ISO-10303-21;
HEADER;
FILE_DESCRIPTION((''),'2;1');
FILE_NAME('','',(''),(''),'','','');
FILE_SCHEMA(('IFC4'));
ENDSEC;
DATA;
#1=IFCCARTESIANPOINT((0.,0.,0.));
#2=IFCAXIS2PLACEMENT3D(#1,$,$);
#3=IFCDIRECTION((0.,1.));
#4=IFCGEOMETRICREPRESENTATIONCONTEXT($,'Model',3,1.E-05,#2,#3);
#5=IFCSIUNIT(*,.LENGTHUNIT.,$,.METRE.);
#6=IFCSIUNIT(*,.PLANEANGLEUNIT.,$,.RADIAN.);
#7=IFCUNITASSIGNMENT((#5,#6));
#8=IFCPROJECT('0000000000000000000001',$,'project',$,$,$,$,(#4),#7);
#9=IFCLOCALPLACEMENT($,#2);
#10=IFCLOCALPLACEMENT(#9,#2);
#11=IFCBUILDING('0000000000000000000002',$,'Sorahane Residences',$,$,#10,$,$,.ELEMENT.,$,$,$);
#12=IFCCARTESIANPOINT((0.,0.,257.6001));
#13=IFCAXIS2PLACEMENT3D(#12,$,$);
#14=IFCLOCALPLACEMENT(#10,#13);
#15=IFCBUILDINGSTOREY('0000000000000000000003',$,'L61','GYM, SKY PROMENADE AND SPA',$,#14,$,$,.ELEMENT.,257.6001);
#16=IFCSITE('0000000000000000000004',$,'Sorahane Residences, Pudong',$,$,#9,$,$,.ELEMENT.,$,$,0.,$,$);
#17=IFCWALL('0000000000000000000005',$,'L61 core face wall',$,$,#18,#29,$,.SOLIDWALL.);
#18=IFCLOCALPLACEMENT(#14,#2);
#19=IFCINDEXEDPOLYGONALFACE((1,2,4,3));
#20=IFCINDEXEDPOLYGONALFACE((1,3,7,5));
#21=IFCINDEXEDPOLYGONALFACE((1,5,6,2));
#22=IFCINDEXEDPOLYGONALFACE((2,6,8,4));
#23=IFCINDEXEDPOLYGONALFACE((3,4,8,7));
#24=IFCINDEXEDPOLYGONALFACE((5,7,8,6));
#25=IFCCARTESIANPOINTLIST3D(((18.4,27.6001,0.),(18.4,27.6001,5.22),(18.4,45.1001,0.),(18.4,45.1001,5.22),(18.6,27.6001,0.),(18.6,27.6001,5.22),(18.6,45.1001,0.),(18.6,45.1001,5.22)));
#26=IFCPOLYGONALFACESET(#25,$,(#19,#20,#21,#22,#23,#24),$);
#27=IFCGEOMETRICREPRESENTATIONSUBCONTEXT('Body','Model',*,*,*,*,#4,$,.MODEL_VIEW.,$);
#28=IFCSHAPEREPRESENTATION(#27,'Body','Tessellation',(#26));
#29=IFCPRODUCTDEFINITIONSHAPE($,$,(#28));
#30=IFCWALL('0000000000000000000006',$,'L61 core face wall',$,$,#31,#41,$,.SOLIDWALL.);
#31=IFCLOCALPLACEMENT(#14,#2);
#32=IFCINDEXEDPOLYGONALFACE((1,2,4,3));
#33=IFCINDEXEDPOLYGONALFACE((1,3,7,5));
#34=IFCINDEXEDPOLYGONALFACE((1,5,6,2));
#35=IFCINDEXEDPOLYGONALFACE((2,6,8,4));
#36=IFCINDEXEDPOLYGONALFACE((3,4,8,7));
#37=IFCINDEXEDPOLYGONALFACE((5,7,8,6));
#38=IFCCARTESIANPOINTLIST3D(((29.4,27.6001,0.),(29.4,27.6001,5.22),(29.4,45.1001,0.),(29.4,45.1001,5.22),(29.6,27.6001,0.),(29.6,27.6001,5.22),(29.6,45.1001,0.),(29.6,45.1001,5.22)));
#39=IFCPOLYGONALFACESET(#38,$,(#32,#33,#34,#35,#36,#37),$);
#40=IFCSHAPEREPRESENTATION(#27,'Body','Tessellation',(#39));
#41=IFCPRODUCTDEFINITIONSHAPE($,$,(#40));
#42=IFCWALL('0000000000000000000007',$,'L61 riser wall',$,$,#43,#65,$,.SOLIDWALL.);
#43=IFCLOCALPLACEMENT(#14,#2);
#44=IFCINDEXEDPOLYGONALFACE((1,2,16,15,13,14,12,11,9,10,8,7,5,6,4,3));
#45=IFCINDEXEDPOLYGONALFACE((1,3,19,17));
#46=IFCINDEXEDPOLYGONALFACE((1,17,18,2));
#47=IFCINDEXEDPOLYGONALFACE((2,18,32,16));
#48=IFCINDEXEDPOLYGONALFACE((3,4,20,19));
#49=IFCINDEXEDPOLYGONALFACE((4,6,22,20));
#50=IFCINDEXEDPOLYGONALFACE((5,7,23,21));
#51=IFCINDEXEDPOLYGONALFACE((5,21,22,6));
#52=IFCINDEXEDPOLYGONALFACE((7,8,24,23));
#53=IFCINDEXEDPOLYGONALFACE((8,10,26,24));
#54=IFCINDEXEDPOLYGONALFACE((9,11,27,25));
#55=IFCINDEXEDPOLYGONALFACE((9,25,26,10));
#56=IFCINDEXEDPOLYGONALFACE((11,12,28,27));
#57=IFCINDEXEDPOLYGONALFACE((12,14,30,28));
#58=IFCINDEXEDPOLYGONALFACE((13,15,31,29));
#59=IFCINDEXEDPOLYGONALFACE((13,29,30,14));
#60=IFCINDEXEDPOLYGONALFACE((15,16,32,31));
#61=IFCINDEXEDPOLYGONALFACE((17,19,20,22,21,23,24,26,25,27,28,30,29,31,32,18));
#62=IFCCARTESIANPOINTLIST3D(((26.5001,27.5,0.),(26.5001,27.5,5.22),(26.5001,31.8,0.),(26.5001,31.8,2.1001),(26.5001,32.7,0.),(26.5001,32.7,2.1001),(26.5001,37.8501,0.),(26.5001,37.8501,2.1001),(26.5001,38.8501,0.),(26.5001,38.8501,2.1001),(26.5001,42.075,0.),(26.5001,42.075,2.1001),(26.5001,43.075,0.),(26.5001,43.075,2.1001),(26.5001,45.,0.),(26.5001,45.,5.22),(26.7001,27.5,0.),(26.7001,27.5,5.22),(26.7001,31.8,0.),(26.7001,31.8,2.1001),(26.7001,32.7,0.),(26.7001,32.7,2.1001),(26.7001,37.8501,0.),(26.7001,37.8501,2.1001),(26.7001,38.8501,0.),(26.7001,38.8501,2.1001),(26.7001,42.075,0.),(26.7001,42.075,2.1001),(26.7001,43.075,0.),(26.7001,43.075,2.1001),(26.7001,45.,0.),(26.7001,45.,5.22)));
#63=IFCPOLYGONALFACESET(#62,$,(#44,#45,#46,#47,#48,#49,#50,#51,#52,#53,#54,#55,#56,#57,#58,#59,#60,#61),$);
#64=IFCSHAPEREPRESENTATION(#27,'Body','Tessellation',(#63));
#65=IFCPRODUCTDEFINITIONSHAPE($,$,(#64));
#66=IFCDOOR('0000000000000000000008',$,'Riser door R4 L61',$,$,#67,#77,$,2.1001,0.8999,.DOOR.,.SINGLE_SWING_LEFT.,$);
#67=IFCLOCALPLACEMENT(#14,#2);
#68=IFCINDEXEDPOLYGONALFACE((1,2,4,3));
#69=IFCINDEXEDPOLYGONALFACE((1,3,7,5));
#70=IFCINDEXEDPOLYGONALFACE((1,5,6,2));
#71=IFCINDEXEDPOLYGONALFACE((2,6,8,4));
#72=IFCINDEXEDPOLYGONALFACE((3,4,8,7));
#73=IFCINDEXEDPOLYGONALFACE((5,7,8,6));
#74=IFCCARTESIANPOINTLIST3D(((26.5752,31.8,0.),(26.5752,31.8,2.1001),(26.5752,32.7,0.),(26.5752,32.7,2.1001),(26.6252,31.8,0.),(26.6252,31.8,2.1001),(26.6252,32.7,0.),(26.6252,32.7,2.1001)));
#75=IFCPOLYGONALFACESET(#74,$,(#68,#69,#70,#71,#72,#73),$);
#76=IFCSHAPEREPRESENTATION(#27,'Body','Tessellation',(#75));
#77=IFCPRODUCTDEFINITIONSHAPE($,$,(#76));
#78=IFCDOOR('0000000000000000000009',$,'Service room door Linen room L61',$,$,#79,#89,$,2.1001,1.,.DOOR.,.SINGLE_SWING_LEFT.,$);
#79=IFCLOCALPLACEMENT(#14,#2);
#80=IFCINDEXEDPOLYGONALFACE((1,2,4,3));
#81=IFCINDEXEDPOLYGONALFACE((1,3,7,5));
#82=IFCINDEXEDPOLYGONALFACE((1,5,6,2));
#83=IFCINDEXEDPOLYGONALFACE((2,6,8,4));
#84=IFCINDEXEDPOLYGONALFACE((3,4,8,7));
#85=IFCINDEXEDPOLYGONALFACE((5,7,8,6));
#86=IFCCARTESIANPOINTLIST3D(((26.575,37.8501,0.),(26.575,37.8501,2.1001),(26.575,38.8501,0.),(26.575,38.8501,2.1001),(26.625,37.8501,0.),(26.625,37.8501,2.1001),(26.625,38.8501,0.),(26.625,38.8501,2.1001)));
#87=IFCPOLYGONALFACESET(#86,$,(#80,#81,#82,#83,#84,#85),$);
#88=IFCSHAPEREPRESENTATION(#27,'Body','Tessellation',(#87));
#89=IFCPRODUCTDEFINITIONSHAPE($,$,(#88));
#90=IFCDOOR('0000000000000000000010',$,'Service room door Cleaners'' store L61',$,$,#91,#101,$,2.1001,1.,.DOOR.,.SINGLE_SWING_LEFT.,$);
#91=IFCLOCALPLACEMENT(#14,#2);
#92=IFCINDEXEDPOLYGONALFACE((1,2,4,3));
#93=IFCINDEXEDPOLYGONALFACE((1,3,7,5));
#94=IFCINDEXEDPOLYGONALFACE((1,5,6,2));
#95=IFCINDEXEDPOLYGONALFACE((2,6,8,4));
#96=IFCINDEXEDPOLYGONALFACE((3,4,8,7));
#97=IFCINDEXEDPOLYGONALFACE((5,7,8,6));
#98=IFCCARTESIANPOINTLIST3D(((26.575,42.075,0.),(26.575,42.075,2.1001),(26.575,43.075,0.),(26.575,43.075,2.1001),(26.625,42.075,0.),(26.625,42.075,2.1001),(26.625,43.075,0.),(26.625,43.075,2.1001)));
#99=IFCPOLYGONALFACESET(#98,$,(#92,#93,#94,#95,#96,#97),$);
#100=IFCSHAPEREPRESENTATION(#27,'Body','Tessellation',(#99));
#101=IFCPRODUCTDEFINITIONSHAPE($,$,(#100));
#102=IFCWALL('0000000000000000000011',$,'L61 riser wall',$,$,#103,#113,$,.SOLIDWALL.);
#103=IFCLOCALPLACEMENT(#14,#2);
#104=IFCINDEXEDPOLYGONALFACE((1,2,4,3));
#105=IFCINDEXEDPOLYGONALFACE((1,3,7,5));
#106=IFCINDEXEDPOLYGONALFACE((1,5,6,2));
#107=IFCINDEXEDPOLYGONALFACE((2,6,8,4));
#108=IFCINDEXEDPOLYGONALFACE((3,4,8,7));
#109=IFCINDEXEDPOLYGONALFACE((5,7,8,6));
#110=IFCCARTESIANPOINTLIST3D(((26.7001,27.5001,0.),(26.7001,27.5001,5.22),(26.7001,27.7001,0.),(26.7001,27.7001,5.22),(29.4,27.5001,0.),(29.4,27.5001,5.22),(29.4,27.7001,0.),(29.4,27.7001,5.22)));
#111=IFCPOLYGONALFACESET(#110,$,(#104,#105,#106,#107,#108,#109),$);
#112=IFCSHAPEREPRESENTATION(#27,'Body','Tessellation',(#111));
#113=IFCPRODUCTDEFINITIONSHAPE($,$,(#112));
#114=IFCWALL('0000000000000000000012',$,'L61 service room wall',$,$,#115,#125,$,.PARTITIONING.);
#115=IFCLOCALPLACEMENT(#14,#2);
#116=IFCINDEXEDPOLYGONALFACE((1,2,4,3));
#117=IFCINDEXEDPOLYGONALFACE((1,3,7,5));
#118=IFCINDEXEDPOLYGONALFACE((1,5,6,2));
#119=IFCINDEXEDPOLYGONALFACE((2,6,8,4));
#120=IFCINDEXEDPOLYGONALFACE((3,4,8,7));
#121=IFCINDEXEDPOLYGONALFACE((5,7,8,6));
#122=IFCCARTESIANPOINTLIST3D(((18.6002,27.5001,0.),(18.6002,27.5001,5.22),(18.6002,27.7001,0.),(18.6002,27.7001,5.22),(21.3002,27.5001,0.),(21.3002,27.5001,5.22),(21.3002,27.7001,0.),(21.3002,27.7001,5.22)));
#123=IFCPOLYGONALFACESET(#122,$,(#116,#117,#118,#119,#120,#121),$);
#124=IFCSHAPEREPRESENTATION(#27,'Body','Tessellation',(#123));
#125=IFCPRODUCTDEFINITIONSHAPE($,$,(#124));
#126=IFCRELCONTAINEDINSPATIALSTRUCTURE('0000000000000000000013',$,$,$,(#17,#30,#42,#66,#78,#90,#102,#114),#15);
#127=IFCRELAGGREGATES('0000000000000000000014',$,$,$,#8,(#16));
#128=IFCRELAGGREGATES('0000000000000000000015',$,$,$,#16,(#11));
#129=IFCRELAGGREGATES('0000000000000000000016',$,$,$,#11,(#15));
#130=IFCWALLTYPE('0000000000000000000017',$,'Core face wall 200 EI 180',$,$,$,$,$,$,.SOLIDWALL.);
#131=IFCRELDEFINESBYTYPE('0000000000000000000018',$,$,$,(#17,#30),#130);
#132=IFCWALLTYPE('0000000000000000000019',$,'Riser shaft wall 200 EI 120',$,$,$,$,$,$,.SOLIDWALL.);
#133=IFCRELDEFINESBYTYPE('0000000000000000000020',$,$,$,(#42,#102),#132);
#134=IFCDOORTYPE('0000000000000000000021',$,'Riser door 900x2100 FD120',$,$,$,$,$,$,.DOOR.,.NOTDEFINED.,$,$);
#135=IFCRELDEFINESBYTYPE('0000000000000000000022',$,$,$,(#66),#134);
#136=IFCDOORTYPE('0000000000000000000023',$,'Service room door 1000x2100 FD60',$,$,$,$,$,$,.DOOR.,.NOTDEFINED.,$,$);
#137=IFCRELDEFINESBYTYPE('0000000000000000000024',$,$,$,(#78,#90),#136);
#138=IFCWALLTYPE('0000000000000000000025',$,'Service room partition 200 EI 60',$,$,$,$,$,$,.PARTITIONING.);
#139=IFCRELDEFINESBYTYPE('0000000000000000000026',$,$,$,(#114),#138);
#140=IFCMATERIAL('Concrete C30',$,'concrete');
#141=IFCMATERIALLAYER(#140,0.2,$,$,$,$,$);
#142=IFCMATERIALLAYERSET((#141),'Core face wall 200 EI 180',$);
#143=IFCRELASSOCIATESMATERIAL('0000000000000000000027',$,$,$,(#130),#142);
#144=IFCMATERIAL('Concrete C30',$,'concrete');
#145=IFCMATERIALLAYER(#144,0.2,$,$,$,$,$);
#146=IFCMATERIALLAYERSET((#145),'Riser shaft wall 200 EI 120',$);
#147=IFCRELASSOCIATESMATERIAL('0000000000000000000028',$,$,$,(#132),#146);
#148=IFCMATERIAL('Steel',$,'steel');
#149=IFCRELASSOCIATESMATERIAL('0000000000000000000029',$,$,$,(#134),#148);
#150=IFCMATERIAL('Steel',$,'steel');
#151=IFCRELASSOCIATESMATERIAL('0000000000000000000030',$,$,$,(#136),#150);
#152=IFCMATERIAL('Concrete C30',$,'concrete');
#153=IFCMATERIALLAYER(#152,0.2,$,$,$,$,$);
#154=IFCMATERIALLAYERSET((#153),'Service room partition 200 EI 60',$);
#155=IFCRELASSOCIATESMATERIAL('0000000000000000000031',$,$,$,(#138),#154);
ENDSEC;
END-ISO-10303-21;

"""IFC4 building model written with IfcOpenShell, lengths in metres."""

from ifc_helpers import new_model, si_unit, direction, frame, frame_2d, origin, place, context, subcontext, project, spatial, rectangle, extrude, material, layer, layer_set, type_object, element, fill, save


model = new_model("IFC4")

# Units and contexts
model_context = context("Model", 3, precision=1e-05, world=origin(), true_north=direction((0.0, 1.0)))
body_context = subcontext(model_context, "Body", "Model", "MODEL_VIEW")
ifc_project = project(units=[si_unit("LENGTHUNIT", "METRE"), si_unit("PLANEANGLEUNIT", "RADIAN")], contexts=[model_context])

# Site, building, storey
site_placement = place(None, origin())
site = spatial("IfcSite", under=ifc_project, at=site_placement, Name="Sorahane Residences, Pudong", CompositionType="ELEMENT", RefElevation=0.0)
building_placement = place(site_placement, origin())
building = spatial("IfcBuilding", under=site, at=building_placement, Name="Sorahane Residences", CompositionType="ELEMENT")
storey_placement = place(building_placement, frame((0.0, 0.0, 257.6001)))
storey = spatial("IfcBuildingStorey", under=building, at=storey_placement, Name="L61", Description="GYM, SKY PROMENADE AND SPA", CompositionType="ELEMENT", Elevation=257.6001)

# Walls
ifc_material_1 = material(Name="Concrete C30", Category="concrete")
ifc_layer_1 = layer(ifc_material_1, 0.2)
ifc_layer_set_1 = layer_set([ifc_layer_1], Name="Core face wall 200 EI 180")
wall_type_1 = type_object("IfcWallType", Name="Core face wall 200 EI 180", PredefinedType="SOLIDWALL", material=ifc_layer_set_1)
for number, where, z_axis, x_axis, name in (
    (1, (18.5, 27.6001, 0.0), (0.0, 0.0, 1.0), (0.0, 1.0, 0.0), "L61 core face wall"),
    (2, (29.5, 27.6001, 0.0), (0.0, 0.0, 1.0), (0.0, 1.0, 0.0), "L61 core face wall"),
):
    element("IfcWall", number, at=place(storey_placement, frame(where, z_axis=z_axis, x_axis=x_axis)), inside=storey, type_object=wall_type_1, Name=name, PredefinedType="SOLIDWALL", context=body_context, shape_type="SweptSolid", body=[
        extrude(rectangle(XDim=17.5, YDim=0.2, at=frame_2d((8.75, 0.0))), origin(), (0.0, 0.0, 1.0), 5.22),
    ])

# Wall, openings, doors
ifc_material_2 = material(Name="Concrete C30", Category="concrete")
ifc_layer_2 = layer(ifc_material_2, 0.2)
ifc_layer_set_2 = layer_set([ifc_layer_2], Name="Riser shaft wall 200 EI 120")
wall_type_2 = type_object("IfcWallType", Name="Riser shaft wall 200 EI 120", PredefinedType="SOLIDWALL", material=ifc_layer_set_2)
wall_1_placement = place(storey_placement, frame((26.6001, 27.5, 0.0), z_axis=(0.0, 0.0, 1.0), x_axis=(0.0, 1.0, 0.0)))
wall_1 = element("IfcWall", 3, at=wall_1_placement, inside=storey, type_object=wall_type_2, Name="L61 riser wall", PredefinedType="SOLIDWALL", context=body_context, shape_type="SweptSolid", body=[
    extrude(rectangle(XDim=17.5, YDim=0.2, at=frame_2d((8.75, 0.0))), origin(), (0.0, 0.0, 1.0), 5.22),
])
opening_1_placement = place(wall_1_placement, frame((4.3, 0.0, 0.0)))
opening_1 = element("IfcOpeningElement", 4, at=opening_1_placement, cuts=wall_1, PredefinedType="OPENING", context=body_context, shape_type="SweptSolid", body=[
    extrude(rectangle(XDim=0.8999, YDim=2.1001, at=frame_2d((0.45, 1.05))), frame((0.0, 0.1099, 0.0), z_axis=(0.0, -1.0, 0.0), x_axis=(1.0, 0.0, 0.0)), (0.0, 0.0, 1.0), 0.22),
])
opening_2_placement = place(wall_1_placement, frame((10.3501, 0.0, 0.0)))
opening_2 = element("IfcOpeningElement", 5, at=opening_2_placement, cuts=wall_1, PredefinedType="OPENING", context=body_context, shape_type="SweptSolid", body=[
    extrude(rectangle(XDim=1.0, YDim=2.1001, at=frame_2d((0.5, 1.05))), frame((0.0, 0.1099, 0.0), z_axis=(0.0, -1.0, 0.0), x_axis=(1.0, 0.0, 0.0)), (0.0, 0.0, 1.0), 0.22),
])
opening_3_placement = place(wall_1_placement, frame((14.575, 0.0, 0.0)))
opening_3 = element("IfcOpeningElement", 6, at=opening_3_placement, cuts=wall_1, PredefinedType="OPENING", context=body_context, shape_type="SweptSolid", body=[
    extrude(rectangle(XDim=1.0, YDim=2.1001, at=frame_2d((0.5, 1.05))), frame((0.0, 0.1099, 0.0), z_axis=(0.0, -1.0, 0.0), x_axis=(1.0, 0.0, 0.0)), (0.0, 0.0, 1.0), 0.22),
])
ifc_material_3 = material(Name="Steel", Category="steel")
door_type_1 = type_object("IfcDoorType", Name="Riser door 900x2100 FD120", OperationType="NOTDEFINED", PredefinedType="DOOR", material=ifc_material_3)
door_1_placement = place(opening_1_placement, origin())
door_1 = element("IfcDoor", 7, at=door_1_placement, inside=storey, type_object=door_type_1, Name="Riser door R4 L61", OperationType="SINGLE_SWING_LEFT", OverallHeight=2.1001, OverallWidth=0.8999, PredefinedType="DOOR", context=body_context, shape_type="SweptSolid", body=[
    extrude(rectangle(XDim=0.8999, YDim=2.1001, at=frame_2d((0.45, 1.05))), frame((0.0, 0.0249, 0.0), z_axis=(0.0, -1.0, 0.0), x_axis=(1.0, 0.0, 0.0)), (0.0, 0.0, 1.0), 0.05),
])
fill(opening_1, door_1)
ifc_material_4 = material(Name="Steel", Category="steel")
door_type_2 = type_object("IfcDoorType", Name="Service room door 1000x2100 FD60", OperationType="NOTDEFINED", PredefinedType="DOOR", material=ifc_material_4)
door_2_placement = place(opening_2_placement, frame((1.0, 0.0, 0.0), z_axis=(0.0, 0.0, 1.0), x_axis=(-1.0, 0.0, 0.0)))
door_2 = element("IfcDoor", 8, at=door_2_placement, inside=storey, type_object=door_type_2, Name="Service room door Linen room L61", OperationType="SINGLE_SWING_LEFT", OverallHeight=2.1001, OverallWidth=1.0, PredefinedType="DOOR", context=body_context, shape_type="SweptSolid", body=[
    extrude(rectangle(XDim=1.0, YDim=2.1001, at=frame_2d((0.5, 1.05))), frame((0.0, 0.0249, 0.0), z_axis=(0.0, -1.0, 0.0), x_axis=(1.0, 0.0, 0.0)), (0.0, 0.0, 1.0), 0.05),
])
fill(opening_2, door_2)
door_3_placement = place(opening_3_placement, frame((1.0, 0.0, 0.0), z_axis=(0.0, 0.0, 1.0), x_axis=(-1.0, 0.0, 0.0)))
door_3 = element("IfcDoor", 9, at=door_3_placement, inside=storey, type_object=door_type_2, Name="Service room door Cleaners' store L61", OperationType="SINGLE_SWING_LEFT", OverallHeight=2.1001, OverallWidth=1.0, PredefinedType="DOOR", context=body_context, shape_type="SweptSolid", body=[
    extrude(rectangle(XDim=1.0, YDim=2.1001, at=frame_2d((0.5, 1.05))), frame((0.0, 0.0249, 0.0), z_axis=(0.0, -1.0, 0.0), x_axis=(1.0, 0.0, 0.0)), (0.0, 0.0, 1.0), 0.05),
])
fill(opening_3, door_3)

# Walls
wall_2_placement = place(storey_placement, frame((26.7, 27.6001, 0.0), z_axis=(0.0, 0.0, 1.0), x_axis=(1.0, 0.0, 0.0)))
element("IfcWall", 10, at=wall_2_placement, inside=storey, type_object=wall_type_2, Name="L61 riser wall", PredefinedType="SOLIDWALL", context=body_context, shape_type="SweptSolid", body=[
    extrude(rectangle(XDim=2.7, YDim=0.2, at=frame_2d((1.3501, 0.0))), origin(), (0.0, 0.0, 1.0), 5.22),
])
ifc_material_5 = material(Name="Concrete C30", Category="concrete")
ifc_layer_3 = layer(ifc_material_5, 0.2)
ifc_layer_set_3 = layer_set([ifc_layer_3], Name="Service room partition 200 EI 60")
wall_type_3 = type_object("IfcWallType", Name="Service room partition 200 EI 60", PredefinedType="PARTITIONING", material=ifc_layer_set_3)
wall_3_placement = place(storey_placement, frame((18.6001, 27.6001, 0.0), z_axis=(0.0, 0.0, 1.0), x_axis=(1.0, 0.0, 0.0)))
element("IfcWall", 11, at=wall_3_placement, inside=storey, type_object=wall_type_3, Name="L61 service room wall", PredefinedType="PARTITIONING", context=body_context, shape_type="SweptSolid", body=[
    extrude(rectangle(XDim=2.7, YDim=0.2, at=frame_2d((1.3501, 0.0))), origin(), (0.0, 0.0, 1.0), 5.22),
])

save(model, "model.ifc")
